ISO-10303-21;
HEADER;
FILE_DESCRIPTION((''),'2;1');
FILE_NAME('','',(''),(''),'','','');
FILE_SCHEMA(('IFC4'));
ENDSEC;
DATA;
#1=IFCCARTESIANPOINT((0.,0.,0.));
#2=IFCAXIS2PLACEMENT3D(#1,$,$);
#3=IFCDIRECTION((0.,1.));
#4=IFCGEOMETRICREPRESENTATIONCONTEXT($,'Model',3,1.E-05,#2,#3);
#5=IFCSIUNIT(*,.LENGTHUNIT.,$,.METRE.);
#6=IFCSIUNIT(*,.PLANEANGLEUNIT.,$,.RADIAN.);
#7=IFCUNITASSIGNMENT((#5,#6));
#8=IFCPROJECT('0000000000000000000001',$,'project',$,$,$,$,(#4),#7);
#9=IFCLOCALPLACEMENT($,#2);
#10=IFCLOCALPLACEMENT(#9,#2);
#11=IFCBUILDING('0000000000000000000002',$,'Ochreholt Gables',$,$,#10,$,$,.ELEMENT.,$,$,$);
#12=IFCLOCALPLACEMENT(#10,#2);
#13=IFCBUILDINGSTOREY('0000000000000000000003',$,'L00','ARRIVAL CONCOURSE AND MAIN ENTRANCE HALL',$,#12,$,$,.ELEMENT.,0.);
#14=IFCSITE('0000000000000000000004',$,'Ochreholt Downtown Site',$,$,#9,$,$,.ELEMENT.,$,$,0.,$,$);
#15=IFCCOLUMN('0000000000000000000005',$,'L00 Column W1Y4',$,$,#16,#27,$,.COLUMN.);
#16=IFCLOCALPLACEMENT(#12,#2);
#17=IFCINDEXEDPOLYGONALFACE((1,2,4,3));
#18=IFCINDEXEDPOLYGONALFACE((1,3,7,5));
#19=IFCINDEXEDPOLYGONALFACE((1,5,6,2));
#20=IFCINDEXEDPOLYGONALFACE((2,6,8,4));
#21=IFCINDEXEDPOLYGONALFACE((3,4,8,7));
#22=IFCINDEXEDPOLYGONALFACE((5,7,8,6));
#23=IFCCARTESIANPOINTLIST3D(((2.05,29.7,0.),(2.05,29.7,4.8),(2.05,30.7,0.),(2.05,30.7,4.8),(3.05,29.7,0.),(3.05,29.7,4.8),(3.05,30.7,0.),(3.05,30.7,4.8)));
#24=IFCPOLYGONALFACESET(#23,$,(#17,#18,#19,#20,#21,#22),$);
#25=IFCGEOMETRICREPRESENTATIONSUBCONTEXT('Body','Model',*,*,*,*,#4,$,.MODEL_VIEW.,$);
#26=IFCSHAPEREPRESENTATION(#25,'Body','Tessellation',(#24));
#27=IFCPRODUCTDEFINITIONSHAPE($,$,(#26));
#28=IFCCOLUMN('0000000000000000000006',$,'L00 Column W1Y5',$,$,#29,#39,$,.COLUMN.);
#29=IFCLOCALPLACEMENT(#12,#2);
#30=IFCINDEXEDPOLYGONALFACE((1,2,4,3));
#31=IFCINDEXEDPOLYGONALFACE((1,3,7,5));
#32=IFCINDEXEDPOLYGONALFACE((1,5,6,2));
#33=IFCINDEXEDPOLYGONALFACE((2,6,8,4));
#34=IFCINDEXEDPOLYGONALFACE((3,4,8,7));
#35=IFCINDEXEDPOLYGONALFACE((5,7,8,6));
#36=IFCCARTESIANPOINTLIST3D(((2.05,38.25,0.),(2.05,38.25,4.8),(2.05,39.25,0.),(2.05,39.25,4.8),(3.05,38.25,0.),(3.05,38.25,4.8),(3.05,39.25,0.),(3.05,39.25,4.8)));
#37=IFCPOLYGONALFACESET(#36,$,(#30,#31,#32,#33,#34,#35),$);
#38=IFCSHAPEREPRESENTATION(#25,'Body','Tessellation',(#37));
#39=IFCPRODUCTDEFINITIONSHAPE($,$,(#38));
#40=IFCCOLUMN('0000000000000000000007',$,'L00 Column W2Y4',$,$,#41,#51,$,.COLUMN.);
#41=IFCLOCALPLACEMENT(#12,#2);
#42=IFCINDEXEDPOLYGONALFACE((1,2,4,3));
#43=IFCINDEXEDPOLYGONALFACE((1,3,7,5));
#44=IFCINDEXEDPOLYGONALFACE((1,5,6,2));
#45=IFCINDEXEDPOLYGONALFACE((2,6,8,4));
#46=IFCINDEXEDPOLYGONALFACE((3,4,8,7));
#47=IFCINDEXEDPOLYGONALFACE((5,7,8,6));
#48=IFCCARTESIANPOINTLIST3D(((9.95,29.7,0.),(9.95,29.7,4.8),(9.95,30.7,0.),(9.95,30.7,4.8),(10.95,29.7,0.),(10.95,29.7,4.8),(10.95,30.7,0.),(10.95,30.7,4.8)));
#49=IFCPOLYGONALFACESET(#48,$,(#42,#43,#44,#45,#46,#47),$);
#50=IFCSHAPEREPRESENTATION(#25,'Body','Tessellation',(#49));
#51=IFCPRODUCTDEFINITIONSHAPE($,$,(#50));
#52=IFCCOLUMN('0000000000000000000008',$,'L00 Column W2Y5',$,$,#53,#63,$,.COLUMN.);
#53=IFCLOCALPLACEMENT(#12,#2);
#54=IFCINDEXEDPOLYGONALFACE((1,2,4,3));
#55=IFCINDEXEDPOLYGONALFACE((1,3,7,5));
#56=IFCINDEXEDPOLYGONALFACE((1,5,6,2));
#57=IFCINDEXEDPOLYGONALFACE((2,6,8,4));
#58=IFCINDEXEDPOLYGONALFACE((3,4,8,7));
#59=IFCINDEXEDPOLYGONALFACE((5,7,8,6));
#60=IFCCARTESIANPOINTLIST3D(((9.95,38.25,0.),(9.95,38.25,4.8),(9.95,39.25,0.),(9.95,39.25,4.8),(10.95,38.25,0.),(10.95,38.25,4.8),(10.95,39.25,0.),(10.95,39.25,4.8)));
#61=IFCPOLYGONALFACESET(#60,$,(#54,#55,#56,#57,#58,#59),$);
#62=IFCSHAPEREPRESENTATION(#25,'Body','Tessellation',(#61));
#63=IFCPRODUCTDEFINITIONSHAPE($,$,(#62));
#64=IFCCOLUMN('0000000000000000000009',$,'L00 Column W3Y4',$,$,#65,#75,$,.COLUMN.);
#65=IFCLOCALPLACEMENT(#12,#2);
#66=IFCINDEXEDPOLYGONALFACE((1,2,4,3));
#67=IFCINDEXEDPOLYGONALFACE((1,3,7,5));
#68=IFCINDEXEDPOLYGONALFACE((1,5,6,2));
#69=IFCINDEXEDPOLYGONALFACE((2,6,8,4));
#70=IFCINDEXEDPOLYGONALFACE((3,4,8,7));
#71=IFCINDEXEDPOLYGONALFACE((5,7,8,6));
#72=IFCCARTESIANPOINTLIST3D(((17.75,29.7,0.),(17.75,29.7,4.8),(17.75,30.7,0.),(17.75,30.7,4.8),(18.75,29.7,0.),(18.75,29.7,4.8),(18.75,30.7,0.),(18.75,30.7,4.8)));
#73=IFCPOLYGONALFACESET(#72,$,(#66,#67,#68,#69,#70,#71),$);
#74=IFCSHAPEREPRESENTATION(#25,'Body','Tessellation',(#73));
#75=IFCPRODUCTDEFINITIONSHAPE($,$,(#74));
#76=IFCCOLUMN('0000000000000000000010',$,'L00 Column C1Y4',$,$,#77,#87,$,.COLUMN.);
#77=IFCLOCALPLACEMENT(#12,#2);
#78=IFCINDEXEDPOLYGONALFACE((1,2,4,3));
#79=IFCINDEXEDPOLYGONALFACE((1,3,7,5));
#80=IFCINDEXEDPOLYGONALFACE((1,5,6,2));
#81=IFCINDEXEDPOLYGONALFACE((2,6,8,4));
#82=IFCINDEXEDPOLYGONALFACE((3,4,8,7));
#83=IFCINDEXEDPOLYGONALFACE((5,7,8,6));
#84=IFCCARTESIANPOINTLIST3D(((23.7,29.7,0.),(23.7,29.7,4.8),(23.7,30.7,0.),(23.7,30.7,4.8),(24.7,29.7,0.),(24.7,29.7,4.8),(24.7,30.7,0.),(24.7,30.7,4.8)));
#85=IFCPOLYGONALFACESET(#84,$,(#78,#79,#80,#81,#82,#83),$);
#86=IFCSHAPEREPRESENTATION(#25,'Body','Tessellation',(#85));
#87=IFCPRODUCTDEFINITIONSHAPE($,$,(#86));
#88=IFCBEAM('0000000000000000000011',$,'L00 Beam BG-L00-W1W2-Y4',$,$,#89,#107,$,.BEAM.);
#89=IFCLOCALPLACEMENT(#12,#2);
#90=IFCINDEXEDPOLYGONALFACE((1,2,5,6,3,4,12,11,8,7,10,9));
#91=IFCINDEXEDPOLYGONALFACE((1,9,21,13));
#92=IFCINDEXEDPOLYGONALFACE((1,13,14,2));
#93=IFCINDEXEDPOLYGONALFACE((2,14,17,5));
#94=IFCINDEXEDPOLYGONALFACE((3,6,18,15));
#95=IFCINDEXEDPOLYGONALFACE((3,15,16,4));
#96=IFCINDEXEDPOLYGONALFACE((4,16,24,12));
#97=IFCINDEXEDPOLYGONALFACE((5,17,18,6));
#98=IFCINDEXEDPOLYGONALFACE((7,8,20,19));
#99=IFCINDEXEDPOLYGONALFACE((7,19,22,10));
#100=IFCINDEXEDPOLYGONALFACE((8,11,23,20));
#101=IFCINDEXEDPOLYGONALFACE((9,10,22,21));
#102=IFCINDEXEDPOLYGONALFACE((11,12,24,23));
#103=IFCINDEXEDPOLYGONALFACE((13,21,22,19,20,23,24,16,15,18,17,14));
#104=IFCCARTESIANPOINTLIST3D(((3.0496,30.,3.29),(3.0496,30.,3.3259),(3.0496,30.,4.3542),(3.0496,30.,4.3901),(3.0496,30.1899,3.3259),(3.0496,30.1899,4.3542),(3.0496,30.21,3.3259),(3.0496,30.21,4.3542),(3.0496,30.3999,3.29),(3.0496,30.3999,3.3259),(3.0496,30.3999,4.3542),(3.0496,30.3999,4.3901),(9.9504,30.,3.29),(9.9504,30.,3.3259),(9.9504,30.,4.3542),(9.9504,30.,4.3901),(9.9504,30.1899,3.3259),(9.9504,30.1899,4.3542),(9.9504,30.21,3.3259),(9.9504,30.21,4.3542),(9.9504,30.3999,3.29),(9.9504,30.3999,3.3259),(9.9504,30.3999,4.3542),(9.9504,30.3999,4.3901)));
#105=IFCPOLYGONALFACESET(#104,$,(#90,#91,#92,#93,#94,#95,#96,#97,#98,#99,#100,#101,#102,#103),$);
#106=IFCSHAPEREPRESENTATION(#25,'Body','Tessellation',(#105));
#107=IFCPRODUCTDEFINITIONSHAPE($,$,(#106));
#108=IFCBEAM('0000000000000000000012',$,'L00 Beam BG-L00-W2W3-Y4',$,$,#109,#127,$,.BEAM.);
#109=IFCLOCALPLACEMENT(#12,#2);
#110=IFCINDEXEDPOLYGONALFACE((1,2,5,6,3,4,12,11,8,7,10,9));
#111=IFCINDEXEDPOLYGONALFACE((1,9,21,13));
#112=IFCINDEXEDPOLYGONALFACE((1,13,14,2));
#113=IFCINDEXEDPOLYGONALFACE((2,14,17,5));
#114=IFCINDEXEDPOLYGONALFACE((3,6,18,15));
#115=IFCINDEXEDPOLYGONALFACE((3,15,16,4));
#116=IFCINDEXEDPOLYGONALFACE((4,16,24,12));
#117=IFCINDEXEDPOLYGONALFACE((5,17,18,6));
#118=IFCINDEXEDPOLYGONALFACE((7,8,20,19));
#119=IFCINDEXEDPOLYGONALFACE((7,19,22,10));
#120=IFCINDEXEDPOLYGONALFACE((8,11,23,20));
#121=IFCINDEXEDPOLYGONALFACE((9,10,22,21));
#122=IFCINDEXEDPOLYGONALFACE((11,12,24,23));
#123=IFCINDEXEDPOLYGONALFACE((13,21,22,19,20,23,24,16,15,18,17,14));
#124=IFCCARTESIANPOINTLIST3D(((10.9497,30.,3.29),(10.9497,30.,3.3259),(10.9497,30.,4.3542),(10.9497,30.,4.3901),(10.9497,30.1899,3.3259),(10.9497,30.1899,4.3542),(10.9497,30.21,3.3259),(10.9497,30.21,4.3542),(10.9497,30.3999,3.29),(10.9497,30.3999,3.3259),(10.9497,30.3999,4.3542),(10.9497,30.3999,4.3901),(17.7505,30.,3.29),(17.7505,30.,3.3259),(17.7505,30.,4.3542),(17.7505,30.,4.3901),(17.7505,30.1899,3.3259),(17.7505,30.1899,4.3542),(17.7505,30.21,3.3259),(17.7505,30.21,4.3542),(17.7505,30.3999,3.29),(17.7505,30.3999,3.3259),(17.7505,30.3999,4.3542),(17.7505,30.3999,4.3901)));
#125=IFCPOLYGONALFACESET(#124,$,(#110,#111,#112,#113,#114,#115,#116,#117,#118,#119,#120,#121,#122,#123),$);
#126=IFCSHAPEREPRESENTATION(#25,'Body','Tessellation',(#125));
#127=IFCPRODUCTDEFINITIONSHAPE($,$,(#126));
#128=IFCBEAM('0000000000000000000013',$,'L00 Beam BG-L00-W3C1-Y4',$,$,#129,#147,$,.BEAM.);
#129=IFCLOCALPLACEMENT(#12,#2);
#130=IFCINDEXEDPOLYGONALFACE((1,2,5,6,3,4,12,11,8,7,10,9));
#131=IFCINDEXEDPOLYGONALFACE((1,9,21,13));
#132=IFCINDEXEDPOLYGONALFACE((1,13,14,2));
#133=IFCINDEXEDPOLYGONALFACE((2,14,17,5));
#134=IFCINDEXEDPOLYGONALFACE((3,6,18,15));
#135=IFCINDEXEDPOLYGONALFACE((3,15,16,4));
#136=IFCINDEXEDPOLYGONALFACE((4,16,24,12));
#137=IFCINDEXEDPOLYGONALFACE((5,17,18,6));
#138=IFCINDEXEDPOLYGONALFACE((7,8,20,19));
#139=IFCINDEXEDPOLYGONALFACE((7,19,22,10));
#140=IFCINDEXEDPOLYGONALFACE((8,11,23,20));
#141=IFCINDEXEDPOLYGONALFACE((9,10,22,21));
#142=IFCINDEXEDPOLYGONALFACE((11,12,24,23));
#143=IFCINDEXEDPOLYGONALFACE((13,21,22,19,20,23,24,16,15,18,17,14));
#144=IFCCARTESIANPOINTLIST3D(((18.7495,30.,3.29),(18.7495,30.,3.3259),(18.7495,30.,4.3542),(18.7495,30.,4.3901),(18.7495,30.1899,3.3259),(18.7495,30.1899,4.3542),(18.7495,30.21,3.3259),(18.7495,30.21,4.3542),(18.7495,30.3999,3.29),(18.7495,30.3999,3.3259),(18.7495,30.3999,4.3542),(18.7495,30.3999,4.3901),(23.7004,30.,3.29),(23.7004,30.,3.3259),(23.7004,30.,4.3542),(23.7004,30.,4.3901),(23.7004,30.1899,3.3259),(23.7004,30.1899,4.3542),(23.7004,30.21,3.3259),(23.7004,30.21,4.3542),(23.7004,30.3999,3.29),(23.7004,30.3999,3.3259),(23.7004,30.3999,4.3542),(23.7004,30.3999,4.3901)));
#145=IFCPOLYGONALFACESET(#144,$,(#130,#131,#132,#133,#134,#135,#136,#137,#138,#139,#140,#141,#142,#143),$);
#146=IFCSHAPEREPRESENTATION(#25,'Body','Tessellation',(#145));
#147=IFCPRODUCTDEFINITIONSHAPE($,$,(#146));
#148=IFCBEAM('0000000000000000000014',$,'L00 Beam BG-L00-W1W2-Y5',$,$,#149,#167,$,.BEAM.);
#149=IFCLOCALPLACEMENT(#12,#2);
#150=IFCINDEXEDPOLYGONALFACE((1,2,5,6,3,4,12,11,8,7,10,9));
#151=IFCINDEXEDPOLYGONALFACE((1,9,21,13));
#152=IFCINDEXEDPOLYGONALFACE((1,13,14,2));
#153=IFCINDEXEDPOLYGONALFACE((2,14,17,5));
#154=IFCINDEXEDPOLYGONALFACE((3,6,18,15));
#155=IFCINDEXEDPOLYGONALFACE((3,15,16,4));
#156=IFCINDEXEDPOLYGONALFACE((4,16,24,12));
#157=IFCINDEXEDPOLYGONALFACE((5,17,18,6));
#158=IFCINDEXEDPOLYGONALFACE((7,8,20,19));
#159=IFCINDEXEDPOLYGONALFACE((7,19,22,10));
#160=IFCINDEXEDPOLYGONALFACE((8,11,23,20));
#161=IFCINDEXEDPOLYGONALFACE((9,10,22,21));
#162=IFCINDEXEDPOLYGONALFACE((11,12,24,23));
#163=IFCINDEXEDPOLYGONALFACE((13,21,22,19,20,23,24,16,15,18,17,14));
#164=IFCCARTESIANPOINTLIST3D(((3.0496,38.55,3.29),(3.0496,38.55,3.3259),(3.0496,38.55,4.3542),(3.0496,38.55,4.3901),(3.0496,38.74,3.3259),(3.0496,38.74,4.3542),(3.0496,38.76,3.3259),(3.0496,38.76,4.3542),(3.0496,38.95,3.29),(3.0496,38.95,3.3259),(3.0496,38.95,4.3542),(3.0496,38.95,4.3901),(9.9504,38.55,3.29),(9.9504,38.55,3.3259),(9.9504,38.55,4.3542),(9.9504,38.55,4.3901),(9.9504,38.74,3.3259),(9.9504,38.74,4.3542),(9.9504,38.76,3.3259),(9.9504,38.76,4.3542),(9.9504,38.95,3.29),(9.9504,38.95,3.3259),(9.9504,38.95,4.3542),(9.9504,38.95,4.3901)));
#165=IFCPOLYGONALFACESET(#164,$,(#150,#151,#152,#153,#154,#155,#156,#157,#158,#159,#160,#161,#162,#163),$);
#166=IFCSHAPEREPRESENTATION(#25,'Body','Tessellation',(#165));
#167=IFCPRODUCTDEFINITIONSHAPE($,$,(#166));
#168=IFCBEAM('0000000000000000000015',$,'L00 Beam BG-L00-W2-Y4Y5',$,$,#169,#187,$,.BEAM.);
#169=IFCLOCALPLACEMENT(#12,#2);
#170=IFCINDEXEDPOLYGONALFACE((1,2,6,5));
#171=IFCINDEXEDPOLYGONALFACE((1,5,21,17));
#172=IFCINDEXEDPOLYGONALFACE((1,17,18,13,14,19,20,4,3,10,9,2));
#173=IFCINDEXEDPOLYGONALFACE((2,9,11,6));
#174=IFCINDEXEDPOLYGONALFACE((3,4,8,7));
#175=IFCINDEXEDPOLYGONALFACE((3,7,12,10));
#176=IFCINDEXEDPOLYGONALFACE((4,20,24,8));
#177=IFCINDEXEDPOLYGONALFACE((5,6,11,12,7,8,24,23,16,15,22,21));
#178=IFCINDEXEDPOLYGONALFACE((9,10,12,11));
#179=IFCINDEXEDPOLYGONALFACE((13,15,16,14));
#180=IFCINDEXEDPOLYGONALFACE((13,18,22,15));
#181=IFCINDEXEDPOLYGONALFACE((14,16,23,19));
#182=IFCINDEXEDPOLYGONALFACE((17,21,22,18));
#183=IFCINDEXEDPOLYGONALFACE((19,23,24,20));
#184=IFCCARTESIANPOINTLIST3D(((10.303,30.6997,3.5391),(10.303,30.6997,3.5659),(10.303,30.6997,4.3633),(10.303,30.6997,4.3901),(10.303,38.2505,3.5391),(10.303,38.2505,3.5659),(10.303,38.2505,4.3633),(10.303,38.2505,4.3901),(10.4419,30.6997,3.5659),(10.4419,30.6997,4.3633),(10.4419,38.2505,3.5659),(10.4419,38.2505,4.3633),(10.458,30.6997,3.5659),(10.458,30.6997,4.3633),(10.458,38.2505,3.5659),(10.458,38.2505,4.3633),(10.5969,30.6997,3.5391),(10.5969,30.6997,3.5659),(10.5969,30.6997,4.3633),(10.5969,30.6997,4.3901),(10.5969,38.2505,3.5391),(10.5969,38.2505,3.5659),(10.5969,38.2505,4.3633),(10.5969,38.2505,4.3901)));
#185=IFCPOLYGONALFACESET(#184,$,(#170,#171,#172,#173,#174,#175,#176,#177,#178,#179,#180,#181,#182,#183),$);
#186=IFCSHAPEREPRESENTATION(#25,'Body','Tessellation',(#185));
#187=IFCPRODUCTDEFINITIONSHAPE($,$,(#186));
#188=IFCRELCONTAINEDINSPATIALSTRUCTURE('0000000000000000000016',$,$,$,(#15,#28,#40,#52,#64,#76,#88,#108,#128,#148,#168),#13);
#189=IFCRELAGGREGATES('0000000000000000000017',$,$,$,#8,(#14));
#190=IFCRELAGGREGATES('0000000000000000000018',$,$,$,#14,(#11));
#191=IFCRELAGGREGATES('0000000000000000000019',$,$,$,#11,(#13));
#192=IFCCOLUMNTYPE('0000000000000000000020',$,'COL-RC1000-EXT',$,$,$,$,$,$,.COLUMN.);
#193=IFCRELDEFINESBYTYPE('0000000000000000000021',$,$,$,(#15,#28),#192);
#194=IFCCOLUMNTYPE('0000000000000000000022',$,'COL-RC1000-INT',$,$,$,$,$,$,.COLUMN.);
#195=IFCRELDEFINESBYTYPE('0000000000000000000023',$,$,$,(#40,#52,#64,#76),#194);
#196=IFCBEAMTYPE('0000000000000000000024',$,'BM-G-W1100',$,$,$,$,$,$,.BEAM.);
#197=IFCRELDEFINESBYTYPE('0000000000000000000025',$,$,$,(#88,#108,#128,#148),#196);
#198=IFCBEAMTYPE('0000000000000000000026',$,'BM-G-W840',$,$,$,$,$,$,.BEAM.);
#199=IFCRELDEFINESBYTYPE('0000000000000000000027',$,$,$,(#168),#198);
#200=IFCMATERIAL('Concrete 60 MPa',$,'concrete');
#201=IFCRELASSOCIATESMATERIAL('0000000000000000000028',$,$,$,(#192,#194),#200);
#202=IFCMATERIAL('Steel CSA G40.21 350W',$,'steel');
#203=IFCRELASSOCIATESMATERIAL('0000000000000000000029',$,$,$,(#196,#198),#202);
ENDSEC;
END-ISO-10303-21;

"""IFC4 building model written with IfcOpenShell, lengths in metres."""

from ifc_helpers import new_model, si_unit, direction, frame, origin, origin_2d, place, context, subcontext, project, spatial, rectangle, i_section, extrude, material, material_profile, profile_set, type_object, element, save


model = new_model("IFC4")

# Units and contexts
model_context = context("Model", 3, precision=1e-05, world=origin(), true_north=direction((0.0, 1.0)))
body_context = subcontext(model_context, "Body", "Model", "MODEL_VIEW")
ifc_project = project(units=[si_unit("LENGTHUNIT", "METRE"), si_unit("PLANEANGLEUNIT", "RADIAN")], contexts=[model_context])

# Site, building, storey
site_placement = place(None, origin())
site = spatial("IfcSite", under=ifc_project, at=site_placement, Name="Ochreholt Downtown Site", CompositionType="ELEMENT", RefElevation=0.0)
building_placement = place(site_placement, origin())
building = spatial("IfcBuilding", under=site, at=building_placement, Name="Ochreholt Gables", CompositionType="ELEMENT")
storey_placement = place(building_placement, origin())
storey = spatial("IfcBuildingStorey", under=building, at=storey_placement, Name="L00", Description="ARRIVAL CONCOURSE AND MAIN ENTRANCE HALL", CompositionType="ELEMENT", Elevation=0.0)

# Columns
ifc_material_1 = material(Name="Concrete 60 MPa", Category="concrete")
ifc_material_profile_1 = material_profile(ifc_material_1, rectangle(XDim=1.0, YDim=1.0, at=origin_2d()), Name="RC1000X1000")
ifc_profile_set_1 = profile_set([ifc_material_profile_1], Name="Concrete 60 MPa")
column_type_1 = type_object("IfcColumnType", Name="COL-RC1000-EXT", PredefinedType="COLUMN", material=ifc_profile_set_1)
for number, where, z_axis, x_axis, name in (
    (1, (2.55, 30.2, 0.0), (0.0, 0.0, 1.0), (1.0, 0.0, 0.0), "L00 Column W1Y4"),
    (2, (2.55, 38.75, 0.0), (0.0, 0.0, 1.0), (1.0, 0.0, 0.0), "L00 Column W1Y5"),
):
    element("IfcColumn", number, at=place(storey_placement, frame(where, z_axis=z_axis, x_axis=x_axis)), inside=storey, type_object=column_type_1, Name=name, PredefinedType="COLUMN", context=body_context, shape_type="SweptSolid", body=[
        extrude(rectangle(XDim=1.0, YDim=1.0, at=origin_2d()), origin(), (0.0, 0.0, 1.0), 4.8),
    ])
ifc_material_profile_2 = material_profile(ifc_material_1, rectangle(XDim=1.0, YDim=1.0, at=origin_2d()), Name="RC1000X1000")
ifc_profile_set_2 = profile_set([ifc_material_profile_2], Name="Concrete 60 MPa")
column_type_2 = type_object("IfcColumnType", Name="COL-RC1000-INT", PredefinedType="COLUMN", material=ifc_profile_set_2)
for number, where, z_axis, x_axis, name in (
    (3, (10.45, 30.2, 0.0), (0.0, 0.0, 1.0), (1.0, 0.0, 0.0), "L00 Column W2Y4"),
    (4, (10.45, 38.75, 0.0), (0.0, 0.0, 1.0), (1.0, 0.0, 0.0), "L00 Column W2Y5"),
    (5, (18.25, 30.2, 0.0), (0.0, 0.0, 1.0), (1.0, 0.0, 0.0), "L00 Column W3Y4"),
    (6, (24.2, 30.2, 0.0), (0.0, 0.0, 1.0), (1.0, 0.0, 0.0), "L00 Column C1Y4"),
):
    element("IfcColumn", number, at=place(storey_placement, frame(where, z_axis=z_axis, x_axis=x_axis)), inside=storey, type_object=column_type_2, Name=name, PredefinedType="COLUMN", context=body_context, shape_type="SweptSolid", body=[
        extrude(rectangle(XDim=1.0, YDim=1.0, at=origin_2d()), origin(), (0.0, 0.0, 1.0), 4.8),
    ])

# Beams
ifc_material_2 = material(Name="Steel CSA G40.21 350W", Category="steel")
ifc_material_profile_3 = material_profile(ifc_material_2, i_section(OverallWidth=0.3999, OverallDepth=1.1001, WebThickness=0.02, FlangeThickness=0.0359, at=origin_2d()), Name="W1100X390")
ifc_profile_set_3 = profile_set([ifc_material_profile_3], Name="Steel CSA G40.21 350W")
beam_type_1 = type_object("IfcBeamType", Name="BM-G-W1100", PredefinedType="BEAM", material=ifc_profile_set_3)
beam_1_placement = place(storey_placement, frame((3.0496, 30.2, 3.8401), z_axis=(1.0, 0.0, 0.0), x_axis=(0.0, 1.0, 0.0)))
element("IfcBeam", 7, at=beam_1_placement, inside=storey, type_object=beam_type_1, Name="L00 Beam BG-L00-W1W2-Y4", PredefinedType="BEAM", context=body_context, shape_type="SweptSolid", body=[
    extrude(i_section(OverallWidth=0.3999, OverallDepth=1.1001, WebThickness=0.02, FlangeThickness=0.0359, at=origin_2d()), origin(), (0.0, 0.0, 1.0), 6.9009),
])
beam_2_placement = place(storey_placement, frame((10.9497, 30.2, 3.8401), z_axis=(1.0, 0.0, 0.0), x_axis=(0.0, 1.0, 0.0)))
element("IfcBeam", 8, at=beam_2_placement, inside=storey, type_object=beam_type_1, Name="L00 Beam BG-L00-W2W3-Y4", PredefinedType="BEAM", context=body_context, shape_type="SweptSolid", body=[
    extrude(i_section(OverallWidth=0.3999, OverallDepth=1.1001, WebThickness=0.02, FlangeThickness=0.0359, at=origin_2d()), origin(), (0.0, 0.0, 1.0), 6.8008),
])
beam_3_placement = place(storey_placement, frame((18.7495, 30.2, 3.8401), z_axis=(1.0, 0.0, 0.0), x_axis=(0.0, 1.0, 0.0)))
element("IfcBeam", 9, at=beam_3_placement, inside=storey, type_object=beam_type_1, Name="L00 Beam BG-L00-W3C1-Y4", PredefinedType="BEAM", context=body_context, shape_type="SweptSolid", body=[
    extrude(i_section(OverallWidth=0.3999, OverallDepth=1.1001, WebThickness=0.02, FlangeThickness=0.0359, at=origin_2d()), origin(), (0.0, 0.0, 1.0), 4.9509),
])
beam_4_placement = place(storey_placement, frame((3.0496, 38.75, 3.8401), z_axis=(1.0, 0.0, 0.0), x_axis=(0.0, 1.0, 0.0)))
element("IfcBeam", 10, at=beam_4_placement, inside=storey, type_object=beam_type_1, Name="L00 Beam BG-L00-W1W2-Y5", PredefinedType="BEAM", context=body_context, shape_type="SweptSolid", body=[
    extrude(i_section(OverallWidth=0.3999, OverallDepth=1.1001, WebThickness=0.02, FlangeThickness=0.0359, at=origin_2d()), origin(), (0.0, 0.0, 1.0), 6.9009),
])
ifc_material_profile_4 = material_profile(ifc_material_2, i_section(OverallWidth=0.2939, OverallDepth=0.8511, WebThickness=0.0161, FlangeThickness=0.0269, at=origin_2d()), Name="W840X226")
ifc_profile_set_4 = profile_set([ifc_material_profile_4], Name="Steel CSA G40.21 350W")
beam_type_2 = type_object("IfcBeamType", Name="BM-G-W840", PredefinedType="BEAM", material=ifc_profile_set_4)
for number, where, z_axis, x_axis, name in (
    (11, (10.45, 30.6997, 3.9646), (0.0, 1.0, 0.0), (-1.0, 0.0, 0.0), "L00 Beam BG-L00-W2-Y4Y5"),
):
    element("IfcBeam", number, at=place(storey_placement, frame(where, z_axis=z_axis, x_axis=x_axis)), inside=storey, type_object=beam_type_2, Name=name, PredefinedType="BEAM", context=body_context, shape_type="SweptSolid", body=[
        extrude(i_section(OverallWidth=0.2939, OverallDepth=0.8511, WebThickness=0.0161, FlangeThickness=0.0269, at=origin_2d()), origin(), (0.0, 0.0, 1.0), 7.5508),
    ])

save(model, "model.ifc")
